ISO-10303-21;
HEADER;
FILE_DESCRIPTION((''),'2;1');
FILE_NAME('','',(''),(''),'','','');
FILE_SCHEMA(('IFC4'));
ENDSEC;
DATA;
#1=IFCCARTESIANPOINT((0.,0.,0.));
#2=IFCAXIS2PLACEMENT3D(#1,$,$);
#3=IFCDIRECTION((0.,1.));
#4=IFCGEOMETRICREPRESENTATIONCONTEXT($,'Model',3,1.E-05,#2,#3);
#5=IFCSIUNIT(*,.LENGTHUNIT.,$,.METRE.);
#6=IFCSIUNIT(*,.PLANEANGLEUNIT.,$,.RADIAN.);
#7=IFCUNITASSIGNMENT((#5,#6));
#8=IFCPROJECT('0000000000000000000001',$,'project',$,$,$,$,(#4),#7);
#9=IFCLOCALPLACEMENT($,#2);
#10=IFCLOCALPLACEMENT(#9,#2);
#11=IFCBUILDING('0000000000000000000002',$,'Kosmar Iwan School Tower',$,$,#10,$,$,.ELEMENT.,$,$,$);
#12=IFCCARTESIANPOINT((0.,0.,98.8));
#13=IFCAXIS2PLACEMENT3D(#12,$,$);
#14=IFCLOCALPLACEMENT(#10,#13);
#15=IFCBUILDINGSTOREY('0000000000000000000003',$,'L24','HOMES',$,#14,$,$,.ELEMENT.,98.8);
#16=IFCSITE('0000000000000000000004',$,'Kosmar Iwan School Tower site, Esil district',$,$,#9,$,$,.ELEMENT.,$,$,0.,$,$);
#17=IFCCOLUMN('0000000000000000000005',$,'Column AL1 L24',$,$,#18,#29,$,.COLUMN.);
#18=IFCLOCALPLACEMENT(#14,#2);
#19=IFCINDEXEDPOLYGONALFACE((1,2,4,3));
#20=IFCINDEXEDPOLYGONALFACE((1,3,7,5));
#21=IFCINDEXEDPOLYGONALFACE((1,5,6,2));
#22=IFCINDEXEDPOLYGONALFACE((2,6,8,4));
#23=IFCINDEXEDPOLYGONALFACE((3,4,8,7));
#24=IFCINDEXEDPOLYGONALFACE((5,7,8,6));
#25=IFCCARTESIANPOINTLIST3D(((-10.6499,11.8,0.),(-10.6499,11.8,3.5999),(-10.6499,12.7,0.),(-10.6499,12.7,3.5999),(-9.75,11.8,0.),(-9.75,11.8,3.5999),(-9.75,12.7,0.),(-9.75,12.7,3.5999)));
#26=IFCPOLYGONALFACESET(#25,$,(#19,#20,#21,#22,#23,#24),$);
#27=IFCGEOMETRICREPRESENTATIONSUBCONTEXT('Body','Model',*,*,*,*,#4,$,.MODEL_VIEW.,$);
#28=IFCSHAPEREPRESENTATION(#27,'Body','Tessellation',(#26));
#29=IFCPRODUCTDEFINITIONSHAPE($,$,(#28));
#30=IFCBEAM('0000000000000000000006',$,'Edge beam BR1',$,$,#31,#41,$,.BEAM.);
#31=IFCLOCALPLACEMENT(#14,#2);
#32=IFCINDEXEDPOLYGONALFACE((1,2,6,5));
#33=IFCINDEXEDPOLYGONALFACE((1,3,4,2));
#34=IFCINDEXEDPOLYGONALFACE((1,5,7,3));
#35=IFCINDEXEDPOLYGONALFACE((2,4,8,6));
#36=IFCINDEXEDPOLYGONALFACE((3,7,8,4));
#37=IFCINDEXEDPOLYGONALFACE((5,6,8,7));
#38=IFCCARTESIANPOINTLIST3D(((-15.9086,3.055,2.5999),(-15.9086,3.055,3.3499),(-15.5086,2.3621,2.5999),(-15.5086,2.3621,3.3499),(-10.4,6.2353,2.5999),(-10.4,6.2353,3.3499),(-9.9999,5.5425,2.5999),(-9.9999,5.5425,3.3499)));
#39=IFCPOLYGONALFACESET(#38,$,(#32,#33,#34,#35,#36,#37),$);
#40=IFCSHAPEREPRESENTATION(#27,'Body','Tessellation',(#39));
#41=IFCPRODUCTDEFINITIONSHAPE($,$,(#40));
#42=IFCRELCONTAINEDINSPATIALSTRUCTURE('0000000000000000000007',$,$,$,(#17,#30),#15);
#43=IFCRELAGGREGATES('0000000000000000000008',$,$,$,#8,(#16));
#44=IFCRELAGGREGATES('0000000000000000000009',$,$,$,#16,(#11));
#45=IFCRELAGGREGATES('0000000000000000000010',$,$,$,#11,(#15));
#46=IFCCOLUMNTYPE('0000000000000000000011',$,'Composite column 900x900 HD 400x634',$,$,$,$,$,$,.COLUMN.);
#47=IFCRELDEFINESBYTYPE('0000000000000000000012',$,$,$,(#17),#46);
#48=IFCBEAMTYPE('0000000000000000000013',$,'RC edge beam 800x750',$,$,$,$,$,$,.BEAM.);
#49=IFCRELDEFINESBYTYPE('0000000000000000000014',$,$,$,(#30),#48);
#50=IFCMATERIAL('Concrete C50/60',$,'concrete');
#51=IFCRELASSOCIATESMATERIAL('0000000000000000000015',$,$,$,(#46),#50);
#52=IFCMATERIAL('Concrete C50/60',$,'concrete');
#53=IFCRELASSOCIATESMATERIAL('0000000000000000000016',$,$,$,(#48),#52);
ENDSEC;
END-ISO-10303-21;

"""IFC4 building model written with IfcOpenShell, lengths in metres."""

from ifc_helpers import new_model, si_unit, direction, frame, origin, origin_2d, place, context, subcontext, project, spatial, rectangle, extrude, material, material_profile, profile_set, type_object, element, save


model = new_model("IFC4")

# Units and contexts
model_context = context("Model", 3, precision=1e-05, world=origin(), true_north=direction((0.0, 1.0)))
body_context = subcontext(model_context, "Body", "Model", "MODEL_VIEW")
ifc_project = project(units=[si_unit("LENGTHUNIT", "METRE"), si_unit("PLANEANGLEUNIT", "RADIAN")], contexts=[model_context])

# Site, building, storey
site_placement = place(None, origin())
site = spatial("IfcSite", under=ifc_project, at=site_placement, Name="Kosmar Iwan School Tower site, Esil district", CompositionType="ELEMENT", RefElevation=0.0)
building_placement = place(site_placement, origin())
building = spatial("IfcBuilding", under=site, at=building_placement, Name="Kosmar Iwan School Tower", CompositionType="ELEMENT")
storey_placement = place(building_placement, frame((0.0, 0.0, 98.8)))
storey = spatial("IfcBuildingStorey", under=building, at=storey_placement, Name="L24", Description="HOMES", CompositionType="ELEMENT", Elevation=98.8)

# Column
ifc_material_1 = material(Name="Concrete C50/60", Category="concrete")
ifc_material_profile_1 = material_profile(ifc_material_1, rectangle(XDim=0.8999, YDim=0.8999, at=origin_2d()), Name="RC 900x900 + HD 400x634")
ifc_profile_set_1 = profile_set([ifc_material_profile_1], Name="Concrete C50/60")
column_type = type_object("IfcColumnType", Name="Composite column 900x900 HD 400x634", PredefinedType="COLUMN", material=ifc_profile_set_1)
column_placement = place(storey_placement, frame((-10.2, 12.25, 0.0), z_axis=(0.0, 0.0, 1.0), x_axis=(0.0, 1.0, 0.0)))
element("IfcColumn", 1, at=column_placement, inside=storey, type_object=column_type, Name="Column AL1 L24", PredefinedType="COLUMN", context=body_context, shape_type="SweptSolid", body=[
    extrude(rectangle(XDim=0.8999, YDim=0.8999, at=origin_2d()), origin(), (0.0, 0.0, 1.0), 3.5999),
])

# Beam
ifc_material_2 = material(Name="Concrete C50/60", Category="concrete")
ifc_material_profile_2 = material_profile(ifc_material_2, rectangle(XDim=0.8, YDim=0.75, at=origin_2d()), Name="RC 800x750")
ifc_profile_set_2 = profile_set([ifc_material_profile_2], Name="Concrete C50/60")
beam_type = type_object("IfcBeamType", Name="RC edge beam 800x750", PredefinedType="BEAM", material=ifc_profile_set_2)
beam_placement = place(storey_placement, frame((-10.2, 5.8889, 2.9749), z_axis=(-0.866031, -0.49999, 0.0), x_axis=(0.49999, -0.866031, 0.0)))
element("IfcBeam", 2, at=beam_placement, inside=storey, type_object=beam_type, Name="Edge beam BR1", PredefinedType="BEAM", context=body_context, shape_type="SweptSolid", body=[
    extrude(rectangle(XDim=0.8, YDim=0.75, at=origin_2d()), origin(), (0.0, 0.0, 1.0), 6.3608),
])

save(model, "model.ifc")
